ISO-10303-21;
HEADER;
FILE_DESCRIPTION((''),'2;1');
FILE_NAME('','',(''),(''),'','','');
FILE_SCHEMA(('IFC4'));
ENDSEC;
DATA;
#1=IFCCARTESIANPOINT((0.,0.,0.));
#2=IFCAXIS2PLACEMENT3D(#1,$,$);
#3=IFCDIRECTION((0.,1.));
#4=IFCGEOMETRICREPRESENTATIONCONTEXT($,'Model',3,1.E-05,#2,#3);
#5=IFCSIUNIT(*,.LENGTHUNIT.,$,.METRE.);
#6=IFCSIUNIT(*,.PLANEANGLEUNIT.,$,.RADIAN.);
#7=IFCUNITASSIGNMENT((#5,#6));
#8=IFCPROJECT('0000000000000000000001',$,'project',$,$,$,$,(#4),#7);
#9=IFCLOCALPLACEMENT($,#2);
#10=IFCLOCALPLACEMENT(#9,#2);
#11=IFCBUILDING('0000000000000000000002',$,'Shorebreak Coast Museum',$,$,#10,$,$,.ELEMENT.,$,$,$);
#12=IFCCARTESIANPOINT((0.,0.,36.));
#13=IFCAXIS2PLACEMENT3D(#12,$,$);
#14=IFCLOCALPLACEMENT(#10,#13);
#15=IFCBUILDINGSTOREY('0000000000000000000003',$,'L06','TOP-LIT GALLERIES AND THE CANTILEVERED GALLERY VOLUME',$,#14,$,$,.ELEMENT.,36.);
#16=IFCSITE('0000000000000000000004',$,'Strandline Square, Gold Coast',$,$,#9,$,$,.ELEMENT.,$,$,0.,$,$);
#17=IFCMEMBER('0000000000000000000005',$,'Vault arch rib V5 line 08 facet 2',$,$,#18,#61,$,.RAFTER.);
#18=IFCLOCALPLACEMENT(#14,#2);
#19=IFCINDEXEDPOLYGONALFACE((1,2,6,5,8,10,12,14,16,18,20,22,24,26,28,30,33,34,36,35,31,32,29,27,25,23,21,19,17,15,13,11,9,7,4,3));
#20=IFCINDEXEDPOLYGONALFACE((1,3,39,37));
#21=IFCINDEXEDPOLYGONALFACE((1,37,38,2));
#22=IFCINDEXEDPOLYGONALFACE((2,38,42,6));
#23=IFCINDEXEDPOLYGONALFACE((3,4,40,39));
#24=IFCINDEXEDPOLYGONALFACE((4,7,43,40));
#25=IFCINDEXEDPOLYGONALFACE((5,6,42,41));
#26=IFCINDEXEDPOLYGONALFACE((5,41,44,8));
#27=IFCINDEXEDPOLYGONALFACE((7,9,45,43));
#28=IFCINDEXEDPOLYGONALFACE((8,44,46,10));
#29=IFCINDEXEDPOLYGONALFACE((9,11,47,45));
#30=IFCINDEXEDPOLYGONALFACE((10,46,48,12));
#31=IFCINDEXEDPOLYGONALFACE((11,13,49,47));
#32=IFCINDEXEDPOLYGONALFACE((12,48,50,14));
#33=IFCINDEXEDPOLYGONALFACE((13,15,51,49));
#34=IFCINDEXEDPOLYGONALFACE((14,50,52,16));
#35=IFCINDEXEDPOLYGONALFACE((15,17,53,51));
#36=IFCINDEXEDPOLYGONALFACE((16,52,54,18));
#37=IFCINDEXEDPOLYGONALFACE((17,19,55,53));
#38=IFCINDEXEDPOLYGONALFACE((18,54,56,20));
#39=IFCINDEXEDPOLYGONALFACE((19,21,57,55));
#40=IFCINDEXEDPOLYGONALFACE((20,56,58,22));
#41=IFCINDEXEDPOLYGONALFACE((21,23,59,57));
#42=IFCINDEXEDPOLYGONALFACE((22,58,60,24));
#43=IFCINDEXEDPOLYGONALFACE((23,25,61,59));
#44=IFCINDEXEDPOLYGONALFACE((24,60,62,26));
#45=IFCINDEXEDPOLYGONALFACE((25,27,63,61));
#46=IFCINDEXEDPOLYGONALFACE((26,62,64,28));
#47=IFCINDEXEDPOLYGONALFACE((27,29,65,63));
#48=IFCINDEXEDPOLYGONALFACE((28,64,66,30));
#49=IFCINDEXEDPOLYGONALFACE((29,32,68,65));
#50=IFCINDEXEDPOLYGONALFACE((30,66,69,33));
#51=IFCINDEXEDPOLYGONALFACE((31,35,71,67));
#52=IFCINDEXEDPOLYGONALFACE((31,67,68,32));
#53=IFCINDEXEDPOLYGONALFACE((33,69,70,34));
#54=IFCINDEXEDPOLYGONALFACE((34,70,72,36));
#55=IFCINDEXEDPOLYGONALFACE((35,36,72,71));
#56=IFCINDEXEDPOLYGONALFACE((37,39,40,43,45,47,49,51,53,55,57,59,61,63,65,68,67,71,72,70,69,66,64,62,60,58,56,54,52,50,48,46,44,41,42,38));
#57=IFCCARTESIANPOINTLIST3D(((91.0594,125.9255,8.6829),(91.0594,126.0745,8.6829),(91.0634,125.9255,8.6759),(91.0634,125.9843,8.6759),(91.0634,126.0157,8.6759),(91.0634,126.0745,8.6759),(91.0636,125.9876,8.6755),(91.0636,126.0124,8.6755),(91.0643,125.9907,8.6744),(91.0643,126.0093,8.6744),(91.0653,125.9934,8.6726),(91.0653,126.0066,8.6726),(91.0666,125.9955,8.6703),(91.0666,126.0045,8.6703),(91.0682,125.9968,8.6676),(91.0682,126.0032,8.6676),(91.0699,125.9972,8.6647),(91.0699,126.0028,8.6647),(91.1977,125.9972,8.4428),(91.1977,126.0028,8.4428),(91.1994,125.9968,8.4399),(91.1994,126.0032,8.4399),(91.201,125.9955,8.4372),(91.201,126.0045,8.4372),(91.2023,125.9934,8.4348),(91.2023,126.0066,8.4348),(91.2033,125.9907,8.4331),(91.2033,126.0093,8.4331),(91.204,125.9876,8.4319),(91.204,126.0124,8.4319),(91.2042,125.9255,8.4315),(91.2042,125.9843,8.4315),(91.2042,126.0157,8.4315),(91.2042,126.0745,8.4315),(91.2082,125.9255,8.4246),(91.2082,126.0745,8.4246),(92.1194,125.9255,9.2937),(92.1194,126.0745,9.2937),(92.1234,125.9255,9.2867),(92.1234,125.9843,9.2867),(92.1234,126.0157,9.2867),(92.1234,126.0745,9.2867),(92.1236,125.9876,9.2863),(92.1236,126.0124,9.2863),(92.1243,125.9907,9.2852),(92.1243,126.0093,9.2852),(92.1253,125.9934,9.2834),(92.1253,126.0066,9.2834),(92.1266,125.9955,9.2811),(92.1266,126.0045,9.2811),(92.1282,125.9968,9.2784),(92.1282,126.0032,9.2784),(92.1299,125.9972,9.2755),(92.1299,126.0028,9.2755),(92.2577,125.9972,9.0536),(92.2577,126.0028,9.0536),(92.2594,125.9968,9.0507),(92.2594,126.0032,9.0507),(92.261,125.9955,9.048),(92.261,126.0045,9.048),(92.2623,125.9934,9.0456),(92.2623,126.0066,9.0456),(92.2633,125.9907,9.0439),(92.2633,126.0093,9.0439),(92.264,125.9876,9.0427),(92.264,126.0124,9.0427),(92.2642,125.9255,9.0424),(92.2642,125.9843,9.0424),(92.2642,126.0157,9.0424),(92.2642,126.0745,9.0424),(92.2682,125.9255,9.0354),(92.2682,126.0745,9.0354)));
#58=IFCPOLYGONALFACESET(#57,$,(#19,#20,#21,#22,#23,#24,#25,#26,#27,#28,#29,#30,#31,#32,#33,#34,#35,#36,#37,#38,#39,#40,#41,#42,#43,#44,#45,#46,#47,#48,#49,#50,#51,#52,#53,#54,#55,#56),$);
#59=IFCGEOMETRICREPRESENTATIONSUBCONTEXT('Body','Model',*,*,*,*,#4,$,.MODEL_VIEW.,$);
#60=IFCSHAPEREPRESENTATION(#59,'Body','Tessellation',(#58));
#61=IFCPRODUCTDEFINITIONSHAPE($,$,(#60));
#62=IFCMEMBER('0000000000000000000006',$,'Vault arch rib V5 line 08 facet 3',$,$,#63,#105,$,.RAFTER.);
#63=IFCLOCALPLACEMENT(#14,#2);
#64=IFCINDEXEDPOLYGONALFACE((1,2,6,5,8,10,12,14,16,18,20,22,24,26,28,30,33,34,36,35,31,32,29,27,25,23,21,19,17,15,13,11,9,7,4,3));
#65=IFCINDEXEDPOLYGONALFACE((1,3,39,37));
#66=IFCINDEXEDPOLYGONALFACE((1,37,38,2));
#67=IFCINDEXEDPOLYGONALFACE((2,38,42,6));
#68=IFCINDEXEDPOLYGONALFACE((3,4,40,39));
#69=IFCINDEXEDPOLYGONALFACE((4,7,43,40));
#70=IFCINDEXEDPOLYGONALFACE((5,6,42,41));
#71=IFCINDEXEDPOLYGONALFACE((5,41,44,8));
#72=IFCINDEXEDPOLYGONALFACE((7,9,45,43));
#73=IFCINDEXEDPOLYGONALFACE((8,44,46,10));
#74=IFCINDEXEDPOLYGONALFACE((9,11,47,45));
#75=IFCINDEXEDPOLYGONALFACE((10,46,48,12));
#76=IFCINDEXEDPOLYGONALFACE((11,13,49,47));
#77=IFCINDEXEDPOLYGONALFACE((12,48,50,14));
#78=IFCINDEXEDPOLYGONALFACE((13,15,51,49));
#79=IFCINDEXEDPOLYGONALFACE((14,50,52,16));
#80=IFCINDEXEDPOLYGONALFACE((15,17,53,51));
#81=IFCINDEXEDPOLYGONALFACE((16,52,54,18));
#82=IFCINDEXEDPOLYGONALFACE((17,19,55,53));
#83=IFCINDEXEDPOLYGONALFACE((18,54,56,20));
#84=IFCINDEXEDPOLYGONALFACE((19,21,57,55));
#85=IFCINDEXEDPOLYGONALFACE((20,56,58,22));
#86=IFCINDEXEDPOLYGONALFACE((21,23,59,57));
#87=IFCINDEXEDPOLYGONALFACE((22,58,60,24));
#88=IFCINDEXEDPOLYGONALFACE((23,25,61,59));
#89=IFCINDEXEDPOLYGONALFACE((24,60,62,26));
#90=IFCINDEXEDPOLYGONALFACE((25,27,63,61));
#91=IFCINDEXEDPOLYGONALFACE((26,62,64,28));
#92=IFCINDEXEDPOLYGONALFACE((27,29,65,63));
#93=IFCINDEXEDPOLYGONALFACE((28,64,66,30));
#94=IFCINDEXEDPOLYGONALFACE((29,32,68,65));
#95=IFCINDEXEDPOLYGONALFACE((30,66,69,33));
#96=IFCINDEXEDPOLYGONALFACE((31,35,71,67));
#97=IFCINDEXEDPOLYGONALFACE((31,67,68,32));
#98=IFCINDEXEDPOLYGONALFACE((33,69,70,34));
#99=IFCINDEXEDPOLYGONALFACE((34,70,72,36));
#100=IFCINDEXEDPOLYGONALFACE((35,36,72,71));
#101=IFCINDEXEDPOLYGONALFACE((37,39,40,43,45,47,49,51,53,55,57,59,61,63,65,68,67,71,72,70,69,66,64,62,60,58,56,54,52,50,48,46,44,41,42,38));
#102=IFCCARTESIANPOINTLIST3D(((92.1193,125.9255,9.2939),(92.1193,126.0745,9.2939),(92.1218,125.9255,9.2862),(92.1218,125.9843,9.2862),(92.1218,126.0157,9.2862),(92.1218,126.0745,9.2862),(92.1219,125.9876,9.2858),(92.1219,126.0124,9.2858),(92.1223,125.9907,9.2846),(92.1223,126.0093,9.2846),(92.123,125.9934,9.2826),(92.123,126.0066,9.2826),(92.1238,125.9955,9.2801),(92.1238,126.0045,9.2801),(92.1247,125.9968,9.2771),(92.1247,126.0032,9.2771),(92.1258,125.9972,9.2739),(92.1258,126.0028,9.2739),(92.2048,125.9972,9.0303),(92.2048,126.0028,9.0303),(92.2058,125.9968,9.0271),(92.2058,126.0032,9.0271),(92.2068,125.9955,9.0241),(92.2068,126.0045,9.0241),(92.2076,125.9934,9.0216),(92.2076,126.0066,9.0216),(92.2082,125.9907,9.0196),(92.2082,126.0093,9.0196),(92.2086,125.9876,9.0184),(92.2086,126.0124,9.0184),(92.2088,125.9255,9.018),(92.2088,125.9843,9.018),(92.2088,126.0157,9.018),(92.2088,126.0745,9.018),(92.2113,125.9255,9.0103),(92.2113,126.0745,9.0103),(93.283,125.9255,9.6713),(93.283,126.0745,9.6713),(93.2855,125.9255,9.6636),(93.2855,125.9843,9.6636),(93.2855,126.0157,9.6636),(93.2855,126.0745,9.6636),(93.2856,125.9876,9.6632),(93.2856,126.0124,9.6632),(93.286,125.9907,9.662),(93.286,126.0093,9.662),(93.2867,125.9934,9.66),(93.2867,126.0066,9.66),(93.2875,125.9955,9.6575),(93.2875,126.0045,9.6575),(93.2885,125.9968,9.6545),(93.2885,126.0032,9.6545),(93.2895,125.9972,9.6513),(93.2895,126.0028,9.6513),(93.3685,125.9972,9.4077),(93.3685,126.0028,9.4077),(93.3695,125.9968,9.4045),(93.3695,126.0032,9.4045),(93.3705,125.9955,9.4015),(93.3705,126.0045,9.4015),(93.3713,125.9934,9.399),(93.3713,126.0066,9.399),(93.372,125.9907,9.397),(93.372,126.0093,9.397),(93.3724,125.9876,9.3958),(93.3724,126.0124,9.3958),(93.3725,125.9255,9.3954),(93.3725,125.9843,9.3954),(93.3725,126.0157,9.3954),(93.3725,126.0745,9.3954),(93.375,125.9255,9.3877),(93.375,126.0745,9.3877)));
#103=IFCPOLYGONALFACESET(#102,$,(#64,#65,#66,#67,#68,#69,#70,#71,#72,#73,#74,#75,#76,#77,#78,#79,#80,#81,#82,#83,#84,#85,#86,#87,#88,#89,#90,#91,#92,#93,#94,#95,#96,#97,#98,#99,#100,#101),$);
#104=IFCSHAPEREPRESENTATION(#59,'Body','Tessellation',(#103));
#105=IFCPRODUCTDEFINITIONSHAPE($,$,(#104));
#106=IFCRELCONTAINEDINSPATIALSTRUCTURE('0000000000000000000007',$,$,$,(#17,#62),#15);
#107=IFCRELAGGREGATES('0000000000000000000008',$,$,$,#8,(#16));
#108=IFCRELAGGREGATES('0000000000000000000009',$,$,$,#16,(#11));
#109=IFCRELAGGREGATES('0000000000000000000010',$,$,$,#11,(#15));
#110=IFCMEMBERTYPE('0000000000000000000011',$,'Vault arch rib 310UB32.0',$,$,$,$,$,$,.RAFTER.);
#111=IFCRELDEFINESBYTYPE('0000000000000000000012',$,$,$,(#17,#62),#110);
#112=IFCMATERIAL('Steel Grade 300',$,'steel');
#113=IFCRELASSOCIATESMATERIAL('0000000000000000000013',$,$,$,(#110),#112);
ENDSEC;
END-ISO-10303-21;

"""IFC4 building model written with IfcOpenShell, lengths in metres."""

from ifc_helpers import new_model, si_unit, direction, frame, origin, origin_2d, place, context, subcontext, project, spatial, i_section, extrude, material, material_profile, profile_set, type_object, element, save


model = new_model("IFC4")

# Units and contexts
model_context = context("Model", 3, precision=1e-05, world=origin(), true_north=direction((0.0, 1.0)))
body_context = subcontext(model_context, "Body", "Model", "MODEL_VIEW")
ifc_project = project(units=[si_unit("LENGTHUNIT", "METRE"), si_unit("PLANEANGLEUNIT", "RADIAN")], contexts=[model_context])

# Site, building, storey
site_placement = place(None, origin())
site = spatial("IfcSite", under=ifc_project, at=site_placement, Name="Strandline Square, Gold Coast", CompositionType="ELEMENT", RefElevation=0.0)
building_placement = place(site_placement, origin())
building = spatial("IfcBuilding", under=site, at=building_placement, Name="Shorebreak Coast Museum", CompositionType="ELEMENT")
storey_placement = place(building_placement, frame((0.0, 0.0, 36.0)))
storey = spatial("IfcBuildingStorey", under=building, at=storey_placement, Name="L06", Description="TOP-LIT GALLERIES AND THE CANTILEVERED GALLERY VOLUME", CompositionType="ELEMENT", Elevation=36.0)

# Members
ifc_material_1 = material(Name="Steel Grade 300", Category="steel")
ifc_material_profile_1 = material_profile(ifc_material_1, i_section(OverallWidth=0.1489, OverallDepth=0.2981, WebThickness=0.0056, FlangeThickness=0.0081, FilletRadius=0.0129, at=origin_2d()), Name="310UB32.0")
ifc_profile_set_1 = profile_set([ifc_material_profile_1], Name="Steel Grade 300")
member_type_1 = type_object("IfcMemberType", Name="Vault arch rib 310UB32.0", PredefinedType="RAFTER", material=ifc_profile_set_1)
for number, where, z_axis, x_axis, name in (
    (1, (91.1338, 126.0, 8.5537), (0.866445, 0.0, 0.499273), (0.0, 1.0, 0.0), "Vault arch rib V5 line 08 facet 2"),
    (2, (92.1653, 126.0, 9.1521), (0.951226, 0.0, 0.308495), (0.0, 1.0, 0.0), "Vault arch rib V5 line 08 facet 3"),
):
    element("IfcMember", number, at=place(storey_placement, frame(where, z_axis=z_axis, x_axis=x_axis)), inside=storey, type_object=member_type_1, Name=name, PredefinedType="RAFTER", context=body_context, shape_type="SweptSolid", body=[
        extrude(i_section(OverallWidth=0.1489, OverallDepth=0.2981, WebThickness=0.0056, FlangeThickness=0.0081, FilletRadius=0.0129, at=origin_2d()), origin(), (0.0, 0.0, 1.0), 1.2234),
    ])

save(model, "model.ifc")
